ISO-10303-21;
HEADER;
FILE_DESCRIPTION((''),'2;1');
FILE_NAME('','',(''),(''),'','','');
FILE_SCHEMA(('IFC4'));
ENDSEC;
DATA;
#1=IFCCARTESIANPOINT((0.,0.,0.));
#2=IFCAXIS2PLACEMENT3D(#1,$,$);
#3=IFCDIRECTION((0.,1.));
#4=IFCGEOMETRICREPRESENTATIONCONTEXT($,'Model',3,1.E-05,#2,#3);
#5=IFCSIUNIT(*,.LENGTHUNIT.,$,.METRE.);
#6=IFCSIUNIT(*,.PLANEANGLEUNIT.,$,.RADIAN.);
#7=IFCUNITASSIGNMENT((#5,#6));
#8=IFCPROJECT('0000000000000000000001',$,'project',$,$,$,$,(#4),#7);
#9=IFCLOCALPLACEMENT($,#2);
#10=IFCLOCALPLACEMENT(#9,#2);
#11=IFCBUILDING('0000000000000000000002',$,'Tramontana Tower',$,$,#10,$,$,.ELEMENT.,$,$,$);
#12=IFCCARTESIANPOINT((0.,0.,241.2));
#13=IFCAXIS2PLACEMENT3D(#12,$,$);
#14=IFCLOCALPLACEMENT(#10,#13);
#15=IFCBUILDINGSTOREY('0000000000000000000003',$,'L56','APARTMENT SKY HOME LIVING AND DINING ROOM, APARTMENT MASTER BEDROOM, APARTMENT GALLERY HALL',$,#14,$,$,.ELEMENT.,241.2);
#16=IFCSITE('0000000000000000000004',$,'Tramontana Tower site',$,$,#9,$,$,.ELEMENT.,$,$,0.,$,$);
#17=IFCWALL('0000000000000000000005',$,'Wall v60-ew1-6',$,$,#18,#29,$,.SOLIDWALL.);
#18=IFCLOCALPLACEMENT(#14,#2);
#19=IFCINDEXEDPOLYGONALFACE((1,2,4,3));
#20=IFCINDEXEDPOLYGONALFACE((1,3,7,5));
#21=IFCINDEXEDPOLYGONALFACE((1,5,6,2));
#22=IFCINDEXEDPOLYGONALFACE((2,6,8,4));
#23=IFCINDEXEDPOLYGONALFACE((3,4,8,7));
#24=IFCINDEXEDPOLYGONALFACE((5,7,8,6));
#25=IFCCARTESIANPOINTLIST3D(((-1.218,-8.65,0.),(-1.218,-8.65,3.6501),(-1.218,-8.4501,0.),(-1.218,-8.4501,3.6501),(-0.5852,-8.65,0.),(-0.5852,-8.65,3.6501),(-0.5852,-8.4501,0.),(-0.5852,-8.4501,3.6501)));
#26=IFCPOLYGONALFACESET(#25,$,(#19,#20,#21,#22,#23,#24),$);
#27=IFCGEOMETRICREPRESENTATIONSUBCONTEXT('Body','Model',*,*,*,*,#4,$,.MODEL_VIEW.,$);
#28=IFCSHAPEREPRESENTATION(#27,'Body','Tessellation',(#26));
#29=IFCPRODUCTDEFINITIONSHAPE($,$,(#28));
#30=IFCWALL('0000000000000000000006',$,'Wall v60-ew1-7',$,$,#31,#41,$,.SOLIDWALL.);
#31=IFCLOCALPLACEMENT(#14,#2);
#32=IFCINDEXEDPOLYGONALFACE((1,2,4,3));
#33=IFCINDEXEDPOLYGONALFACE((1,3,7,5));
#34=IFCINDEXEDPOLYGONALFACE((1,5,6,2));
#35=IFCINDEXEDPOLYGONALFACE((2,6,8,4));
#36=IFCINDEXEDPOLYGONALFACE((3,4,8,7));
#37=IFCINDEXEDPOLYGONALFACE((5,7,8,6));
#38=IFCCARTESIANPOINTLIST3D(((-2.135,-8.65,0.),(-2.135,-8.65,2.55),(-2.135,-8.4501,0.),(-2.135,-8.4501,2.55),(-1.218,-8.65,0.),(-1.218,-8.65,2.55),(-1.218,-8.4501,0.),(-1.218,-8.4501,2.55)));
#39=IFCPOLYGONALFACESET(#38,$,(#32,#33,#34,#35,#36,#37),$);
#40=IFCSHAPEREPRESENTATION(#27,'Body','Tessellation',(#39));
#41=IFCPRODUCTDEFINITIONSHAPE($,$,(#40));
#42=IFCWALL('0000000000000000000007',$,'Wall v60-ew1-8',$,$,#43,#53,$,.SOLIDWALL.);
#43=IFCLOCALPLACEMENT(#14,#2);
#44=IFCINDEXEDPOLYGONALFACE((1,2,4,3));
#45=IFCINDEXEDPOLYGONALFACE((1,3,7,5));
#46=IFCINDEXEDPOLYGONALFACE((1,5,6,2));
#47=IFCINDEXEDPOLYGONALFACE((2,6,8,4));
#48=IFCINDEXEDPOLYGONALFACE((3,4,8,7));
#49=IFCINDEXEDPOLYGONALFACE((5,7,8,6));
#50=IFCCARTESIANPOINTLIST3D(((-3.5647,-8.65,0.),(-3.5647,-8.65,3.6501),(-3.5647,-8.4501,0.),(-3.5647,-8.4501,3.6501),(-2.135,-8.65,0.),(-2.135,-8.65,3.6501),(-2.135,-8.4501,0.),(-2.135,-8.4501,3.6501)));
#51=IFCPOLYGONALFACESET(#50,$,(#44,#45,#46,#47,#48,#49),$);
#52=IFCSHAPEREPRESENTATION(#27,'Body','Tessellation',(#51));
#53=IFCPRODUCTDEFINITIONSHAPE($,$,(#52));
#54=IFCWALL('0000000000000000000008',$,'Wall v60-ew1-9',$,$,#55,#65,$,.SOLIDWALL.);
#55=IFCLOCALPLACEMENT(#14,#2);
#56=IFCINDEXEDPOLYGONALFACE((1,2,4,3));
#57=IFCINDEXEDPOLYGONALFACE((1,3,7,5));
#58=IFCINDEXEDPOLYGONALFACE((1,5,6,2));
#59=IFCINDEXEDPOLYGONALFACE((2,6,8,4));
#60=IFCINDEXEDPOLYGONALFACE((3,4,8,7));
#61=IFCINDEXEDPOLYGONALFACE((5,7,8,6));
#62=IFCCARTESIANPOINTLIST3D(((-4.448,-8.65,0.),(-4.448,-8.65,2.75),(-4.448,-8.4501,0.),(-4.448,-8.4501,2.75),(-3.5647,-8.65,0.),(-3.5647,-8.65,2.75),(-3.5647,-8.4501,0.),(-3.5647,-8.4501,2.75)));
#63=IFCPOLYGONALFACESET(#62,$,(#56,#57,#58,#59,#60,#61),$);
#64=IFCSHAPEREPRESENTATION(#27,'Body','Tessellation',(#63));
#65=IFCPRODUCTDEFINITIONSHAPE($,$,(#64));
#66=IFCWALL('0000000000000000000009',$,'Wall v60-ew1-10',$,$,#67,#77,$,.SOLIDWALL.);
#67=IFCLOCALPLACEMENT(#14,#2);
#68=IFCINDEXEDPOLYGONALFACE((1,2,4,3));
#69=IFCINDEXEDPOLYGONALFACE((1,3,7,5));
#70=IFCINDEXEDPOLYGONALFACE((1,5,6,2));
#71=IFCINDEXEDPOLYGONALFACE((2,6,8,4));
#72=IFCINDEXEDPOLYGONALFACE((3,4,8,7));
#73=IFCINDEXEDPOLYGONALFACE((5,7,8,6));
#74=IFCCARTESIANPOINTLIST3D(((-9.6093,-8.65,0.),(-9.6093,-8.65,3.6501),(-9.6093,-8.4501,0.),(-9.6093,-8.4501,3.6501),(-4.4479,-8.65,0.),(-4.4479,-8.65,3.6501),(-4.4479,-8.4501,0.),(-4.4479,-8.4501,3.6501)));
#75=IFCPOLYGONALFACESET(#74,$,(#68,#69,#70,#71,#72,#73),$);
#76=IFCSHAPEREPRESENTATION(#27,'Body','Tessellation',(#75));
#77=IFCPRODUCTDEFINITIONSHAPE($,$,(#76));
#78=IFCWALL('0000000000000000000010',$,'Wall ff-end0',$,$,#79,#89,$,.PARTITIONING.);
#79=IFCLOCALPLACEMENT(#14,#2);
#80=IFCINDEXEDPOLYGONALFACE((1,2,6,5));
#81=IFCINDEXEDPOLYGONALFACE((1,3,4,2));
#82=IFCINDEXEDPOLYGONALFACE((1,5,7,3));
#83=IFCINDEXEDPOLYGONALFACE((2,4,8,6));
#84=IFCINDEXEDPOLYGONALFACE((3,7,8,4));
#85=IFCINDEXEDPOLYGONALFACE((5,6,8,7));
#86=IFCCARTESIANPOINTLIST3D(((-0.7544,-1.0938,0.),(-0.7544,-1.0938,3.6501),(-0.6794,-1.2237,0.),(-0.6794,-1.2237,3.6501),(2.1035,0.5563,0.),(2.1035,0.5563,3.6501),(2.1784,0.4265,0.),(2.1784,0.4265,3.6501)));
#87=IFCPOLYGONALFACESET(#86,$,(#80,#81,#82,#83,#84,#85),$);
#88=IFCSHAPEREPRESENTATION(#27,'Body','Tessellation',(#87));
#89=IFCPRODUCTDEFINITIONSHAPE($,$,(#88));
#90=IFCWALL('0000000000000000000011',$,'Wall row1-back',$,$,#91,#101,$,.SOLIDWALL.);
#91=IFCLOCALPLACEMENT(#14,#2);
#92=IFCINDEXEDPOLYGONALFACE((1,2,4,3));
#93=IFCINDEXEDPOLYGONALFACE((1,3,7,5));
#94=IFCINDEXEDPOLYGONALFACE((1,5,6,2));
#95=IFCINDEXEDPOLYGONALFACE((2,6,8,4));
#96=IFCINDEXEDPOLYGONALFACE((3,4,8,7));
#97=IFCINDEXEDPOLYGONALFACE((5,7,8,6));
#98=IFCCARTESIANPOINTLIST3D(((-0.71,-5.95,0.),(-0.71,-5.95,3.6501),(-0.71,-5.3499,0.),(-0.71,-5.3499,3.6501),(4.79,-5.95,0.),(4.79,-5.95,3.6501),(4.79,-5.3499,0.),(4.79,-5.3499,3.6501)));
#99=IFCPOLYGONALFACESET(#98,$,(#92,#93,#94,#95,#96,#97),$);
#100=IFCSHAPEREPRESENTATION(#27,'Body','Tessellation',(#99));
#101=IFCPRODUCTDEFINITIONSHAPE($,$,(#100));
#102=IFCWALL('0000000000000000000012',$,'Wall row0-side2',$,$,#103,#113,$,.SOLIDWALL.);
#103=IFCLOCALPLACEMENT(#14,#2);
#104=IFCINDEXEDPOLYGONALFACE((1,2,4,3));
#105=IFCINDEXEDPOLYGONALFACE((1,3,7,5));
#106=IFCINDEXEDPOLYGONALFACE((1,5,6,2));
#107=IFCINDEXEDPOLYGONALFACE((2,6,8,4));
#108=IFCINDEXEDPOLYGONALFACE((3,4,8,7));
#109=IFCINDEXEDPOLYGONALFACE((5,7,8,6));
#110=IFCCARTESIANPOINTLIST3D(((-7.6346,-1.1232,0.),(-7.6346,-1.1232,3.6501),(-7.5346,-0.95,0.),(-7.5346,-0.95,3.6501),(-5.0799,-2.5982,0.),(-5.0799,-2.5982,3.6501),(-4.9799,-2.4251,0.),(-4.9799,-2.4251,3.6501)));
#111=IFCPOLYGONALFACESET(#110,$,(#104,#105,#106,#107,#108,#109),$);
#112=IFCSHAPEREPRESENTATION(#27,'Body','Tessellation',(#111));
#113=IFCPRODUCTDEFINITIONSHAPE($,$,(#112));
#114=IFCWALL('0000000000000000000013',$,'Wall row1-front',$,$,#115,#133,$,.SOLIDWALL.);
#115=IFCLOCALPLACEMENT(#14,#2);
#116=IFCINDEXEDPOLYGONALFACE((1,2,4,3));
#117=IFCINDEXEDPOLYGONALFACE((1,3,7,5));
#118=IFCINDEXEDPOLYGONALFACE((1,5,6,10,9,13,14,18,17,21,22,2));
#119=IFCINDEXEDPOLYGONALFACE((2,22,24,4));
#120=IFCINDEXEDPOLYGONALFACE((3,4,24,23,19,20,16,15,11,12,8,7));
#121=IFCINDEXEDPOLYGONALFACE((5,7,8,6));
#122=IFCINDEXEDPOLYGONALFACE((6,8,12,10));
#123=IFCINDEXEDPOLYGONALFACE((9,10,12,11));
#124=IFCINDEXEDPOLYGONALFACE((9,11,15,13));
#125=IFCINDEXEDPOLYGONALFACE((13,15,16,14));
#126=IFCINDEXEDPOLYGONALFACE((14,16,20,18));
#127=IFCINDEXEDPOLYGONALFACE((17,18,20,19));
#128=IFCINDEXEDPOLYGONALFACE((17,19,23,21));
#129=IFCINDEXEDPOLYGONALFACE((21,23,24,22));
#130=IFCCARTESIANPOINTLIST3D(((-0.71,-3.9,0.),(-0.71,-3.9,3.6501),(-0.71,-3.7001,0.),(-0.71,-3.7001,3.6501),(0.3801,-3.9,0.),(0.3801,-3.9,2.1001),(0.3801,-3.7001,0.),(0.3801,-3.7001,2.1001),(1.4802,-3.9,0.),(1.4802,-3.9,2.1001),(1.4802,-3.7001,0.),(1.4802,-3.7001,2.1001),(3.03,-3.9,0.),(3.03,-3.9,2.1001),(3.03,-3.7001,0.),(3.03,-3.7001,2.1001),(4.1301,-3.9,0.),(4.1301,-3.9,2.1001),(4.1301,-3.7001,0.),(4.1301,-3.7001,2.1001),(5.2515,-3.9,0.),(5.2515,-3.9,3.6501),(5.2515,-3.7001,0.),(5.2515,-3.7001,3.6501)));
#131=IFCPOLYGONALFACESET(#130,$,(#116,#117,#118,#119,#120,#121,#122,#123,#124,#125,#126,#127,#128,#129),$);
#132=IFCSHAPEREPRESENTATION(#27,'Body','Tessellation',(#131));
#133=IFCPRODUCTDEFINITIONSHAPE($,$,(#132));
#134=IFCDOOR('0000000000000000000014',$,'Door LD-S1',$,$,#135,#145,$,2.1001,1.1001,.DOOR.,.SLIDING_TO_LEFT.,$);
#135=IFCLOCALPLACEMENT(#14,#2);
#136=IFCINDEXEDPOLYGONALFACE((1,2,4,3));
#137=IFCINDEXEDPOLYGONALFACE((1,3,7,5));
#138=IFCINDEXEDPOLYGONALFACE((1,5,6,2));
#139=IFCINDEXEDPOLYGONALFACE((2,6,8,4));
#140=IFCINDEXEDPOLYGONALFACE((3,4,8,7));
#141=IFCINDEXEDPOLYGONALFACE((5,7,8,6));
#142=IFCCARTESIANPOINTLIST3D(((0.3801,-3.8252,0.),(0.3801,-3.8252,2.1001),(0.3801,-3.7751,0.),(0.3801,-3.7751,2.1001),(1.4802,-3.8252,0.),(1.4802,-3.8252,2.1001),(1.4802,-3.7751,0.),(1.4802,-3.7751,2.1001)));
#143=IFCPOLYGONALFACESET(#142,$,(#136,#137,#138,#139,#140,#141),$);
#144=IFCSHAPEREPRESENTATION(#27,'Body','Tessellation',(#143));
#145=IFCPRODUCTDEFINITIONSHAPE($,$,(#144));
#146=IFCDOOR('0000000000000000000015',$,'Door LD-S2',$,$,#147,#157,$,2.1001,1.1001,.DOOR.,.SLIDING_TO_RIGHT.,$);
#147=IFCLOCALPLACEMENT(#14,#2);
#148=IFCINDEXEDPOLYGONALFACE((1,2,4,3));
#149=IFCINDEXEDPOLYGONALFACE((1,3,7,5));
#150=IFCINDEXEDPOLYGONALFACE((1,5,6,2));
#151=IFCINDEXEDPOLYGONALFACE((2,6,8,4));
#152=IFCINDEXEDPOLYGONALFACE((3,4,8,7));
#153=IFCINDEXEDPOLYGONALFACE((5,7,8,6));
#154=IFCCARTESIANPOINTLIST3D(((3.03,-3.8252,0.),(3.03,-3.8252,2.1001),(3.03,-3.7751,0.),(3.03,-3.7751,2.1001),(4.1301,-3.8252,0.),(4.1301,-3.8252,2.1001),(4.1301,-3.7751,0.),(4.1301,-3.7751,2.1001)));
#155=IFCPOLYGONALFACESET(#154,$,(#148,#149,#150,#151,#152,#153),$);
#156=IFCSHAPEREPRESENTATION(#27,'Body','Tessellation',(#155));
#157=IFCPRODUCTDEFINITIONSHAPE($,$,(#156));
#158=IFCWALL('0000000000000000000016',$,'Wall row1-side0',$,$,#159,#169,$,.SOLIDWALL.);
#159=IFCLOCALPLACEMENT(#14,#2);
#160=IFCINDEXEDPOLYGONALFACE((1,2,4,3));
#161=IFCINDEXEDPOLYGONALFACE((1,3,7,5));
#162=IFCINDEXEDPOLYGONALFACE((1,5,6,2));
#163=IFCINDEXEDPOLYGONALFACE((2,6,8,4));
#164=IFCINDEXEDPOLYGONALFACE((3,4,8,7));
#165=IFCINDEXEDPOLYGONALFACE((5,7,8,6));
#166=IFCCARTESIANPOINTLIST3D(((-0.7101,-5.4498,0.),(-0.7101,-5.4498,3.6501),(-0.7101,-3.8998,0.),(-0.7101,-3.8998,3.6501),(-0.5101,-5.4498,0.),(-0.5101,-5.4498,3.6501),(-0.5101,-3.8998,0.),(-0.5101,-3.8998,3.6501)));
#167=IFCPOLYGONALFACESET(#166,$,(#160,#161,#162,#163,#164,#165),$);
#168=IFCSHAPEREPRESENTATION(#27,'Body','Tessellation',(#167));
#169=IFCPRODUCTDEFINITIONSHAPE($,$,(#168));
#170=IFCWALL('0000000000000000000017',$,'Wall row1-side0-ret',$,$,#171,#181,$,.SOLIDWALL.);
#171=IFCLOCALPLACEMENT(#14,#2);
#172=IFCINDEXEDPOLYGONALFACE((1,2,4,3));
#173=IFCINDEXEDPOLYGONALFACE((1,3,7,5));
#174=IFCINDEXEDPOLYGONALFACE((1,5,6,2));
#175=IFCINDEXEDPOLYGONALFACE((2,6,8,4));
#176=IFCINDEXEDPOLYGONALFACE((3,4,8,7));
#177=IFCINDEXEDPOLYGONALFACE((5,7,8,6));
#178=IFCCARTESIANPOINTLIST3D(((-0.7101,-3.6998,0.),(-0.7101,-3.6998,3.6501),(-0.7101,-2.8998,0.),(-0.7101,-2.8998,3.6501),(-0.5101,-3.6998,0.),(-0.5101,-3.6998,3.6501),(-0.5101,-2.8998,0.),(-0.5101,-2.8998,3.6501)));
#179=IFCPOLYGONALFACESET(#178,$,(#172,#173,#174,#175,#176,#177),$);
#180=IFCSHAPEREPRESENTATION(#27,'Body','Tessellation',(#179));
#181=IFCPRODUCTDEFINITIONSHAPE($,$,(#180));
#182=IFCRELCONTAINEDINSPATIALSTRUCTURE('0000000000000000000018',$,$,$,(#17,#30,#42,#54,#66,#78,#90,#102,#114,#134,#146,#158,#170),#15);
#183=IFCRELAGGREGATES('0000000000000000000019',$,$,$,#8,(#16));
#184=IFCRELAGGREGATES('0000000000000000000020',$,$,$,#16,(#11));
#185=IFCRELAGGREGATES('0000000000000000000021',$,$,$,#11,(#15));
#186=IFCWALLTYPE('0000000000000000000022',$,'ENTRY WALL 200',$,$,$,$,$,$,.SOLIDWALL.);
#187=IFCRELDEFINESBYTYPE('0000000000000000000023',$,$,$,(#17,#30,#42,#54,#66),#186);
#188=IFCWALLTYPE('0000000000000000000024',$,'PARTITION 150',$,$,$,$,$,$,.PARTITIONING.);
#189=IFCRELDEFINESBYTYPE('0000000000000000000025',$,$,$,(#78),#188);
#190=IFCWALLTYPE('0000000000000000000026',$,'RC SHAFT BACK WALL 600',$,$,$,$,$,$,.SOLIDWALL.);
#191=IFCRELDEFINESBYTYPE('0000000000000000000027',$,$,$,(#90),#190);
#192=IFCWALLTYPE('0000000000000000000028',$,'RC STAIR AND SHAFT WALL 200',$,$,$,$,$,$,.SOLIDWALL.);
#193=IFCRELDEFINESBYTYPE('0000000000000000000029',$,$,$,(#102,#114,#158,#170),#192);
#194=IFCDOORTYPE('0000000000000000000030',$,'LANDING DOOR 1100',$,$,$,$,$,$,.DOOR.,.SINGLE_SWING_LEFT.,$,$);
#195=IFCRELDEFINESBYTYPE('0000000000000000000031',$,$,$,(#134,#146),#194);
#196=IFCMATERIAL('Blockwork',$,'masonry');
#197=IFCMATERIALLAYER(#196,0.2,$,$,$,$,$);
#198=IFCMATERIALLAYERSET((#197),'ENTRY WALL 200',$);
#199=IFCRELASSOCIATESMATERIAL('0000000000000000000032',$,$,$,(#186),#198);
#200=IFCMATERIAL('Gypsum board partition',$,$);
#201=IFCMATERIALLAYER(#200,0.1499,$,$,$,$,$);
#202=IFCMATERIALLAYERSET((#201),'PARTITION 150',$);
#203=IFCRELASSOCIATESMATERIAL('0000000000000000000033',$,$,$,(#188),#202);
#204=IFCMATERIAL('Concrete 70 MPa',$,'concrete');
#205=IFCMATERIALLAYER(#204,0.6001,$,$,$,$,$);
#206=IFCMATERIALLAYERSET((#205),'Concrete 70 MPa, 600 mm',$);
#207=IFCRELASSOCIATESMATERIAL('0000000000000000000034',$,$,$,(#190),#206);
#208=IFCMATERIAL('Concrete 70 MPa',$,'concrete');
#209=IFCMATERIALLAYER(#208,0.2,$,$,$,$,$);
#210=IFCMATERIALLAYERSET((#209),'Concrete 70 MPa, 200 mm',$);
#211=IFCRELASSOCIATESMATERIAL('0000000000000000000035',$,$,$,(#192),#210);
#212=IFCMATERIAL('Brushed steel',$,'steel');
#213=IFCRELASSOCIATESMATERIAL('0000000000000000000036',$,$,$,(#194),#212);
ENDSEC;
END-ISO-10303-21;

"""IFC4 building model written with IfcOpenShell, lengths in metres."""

from ifc_helpers import new_model, si_unit, direction, frame, frame_2d, origin, place, context, subcontext, project, spatial, rectangle, extrude, material, layer, layer_set, type_object, element, fill, save


model = new_model("IFC4")

# Units and contexts
model_context = context("Model", 3, precision=1e-05, world=origin(), true_north=direction((0.0, 1.0)))
body_context = subcontext(model_context, "Body", "Model", "MODEL_VIEW")
ifc_project = project(units=[si_unit("LENGTHUNIT", "METRE"), si_unit("PLANEANGLEUNIT", "RADIAN")], contexts=[model_context])

# Site, building, storey
site_placement = place(None, origin())
site = spatial("IfcSite", under=ifc_project, at=site_placement, Name="Tramontana Tower site", CompositionType="ELEMENT", RefElevation=0.0)
building_placement = place(site_placement, origin())
building = spatial("IfcBuilding", under=site, at=building_placement, Name="Tramontana Tower", CompositionType="ELEMENT")
storey_placement = place(building_placement, frame((0.0, 0.0, 241.2)))
storey = spatial("IfcBuildingStorey", under=building, at=storey_placement, Name="L56", Description="APARTMENT SKY HOME LIVING AND DINING ROOM, APARTMENT MASTER BEDROOM, APARTMENT GALLERY HALL", CompositionType="ELEMENT", Elevation=241.2)

# Walls
ifc_material_1 = material(Name="Blockwork", Category="masonry")
ifc_layer_1 = layer(ifc_material_1, 0.2)
ifc_layer_set_1 = layer_set([ifc_layer_1], Name="ENTRY WALL 200")
wall_type_1 = type_object("IfcWallType", Name="ENTRY WALL 200", PredefinedType="SOLIDWALL", material=ifc_layer_set_1)
wall_1_placement = place(storey_placement, frame((-0.5852, -8.55, 0.0), z_axis=(0.0, 0.0, 1.0), x_axis=(-1.0, 0.0, 0.0)))
element("IfcWall", 1, at=wall_1_placement, inside=storey, type_object=wall_type_1, Name="Wall v60-ew1-6", PredefinedType="SOLIDWALL", context=body_context, shape_type="SweptSolid", body=[
    extrude(rectangle(XDim=0.6328, YDim=0.2, at=frame_2d((0.3164, 0.0))), origin(), (0.0, 0.0, 1.0), 3.6501),
])
wall_2_placement = place(storey_placement, frame((-1.218, -8.55, 0.0), z_axis=(0.0, 0.0, 1.0), x_axis=(-1.0, 0.0, 0.0)))
element("IfcWall", 2, at=wall_2_placement, inside=storey, type_object=wall_type_1, Name="Wall v60-ew1-7", PredefinedType="SOLIDWALL", context=body_context, shape_type="SweptSolid", body=[
    extrude(rectangle(XDim=0.917, YDim=0.2, at=frame_2d((0.4585, 0.0))), origin(), (0.0, 0.0, 1.0), 2.55),
])
wall_3_placement = place(storey_placement, frame((-2.135, -8.55, 0.0), z_axis=(0.0, 0.0, 1.0), x_axis=(-1.0, 0.0, 0.0)))
element("IfcWall", 3, at=wall_3_placement, inside=storey, type_object=wall_type_1, Name="Wall v60-ew1-8", PredefinedType="SOLIDWALL", context=body_context, shape_type="SweptSolid", body=[
    extrude(rectangle(XDim=1.4297, YDim=0.2, at=frame_2d((0.7148, 0.0))), origin(), (0.0, 0.0, 1.0), 3.6501),
])
wall_4_placement = place(storey_placement, frame((-3.5647, -8.55, 0.0), z_axis=(0.0, 0.0, 1.0), x_axis=(-1.0, 0.0, 0.0)))
element("IfcWall", 4, at=wall_4_placement, inside=storey, type_object=wall_type_1, Name="Wall v60-ew1-9", PredefinedType="SOLIDWALL", context=body_context, shape_type="SweptSolid", body=[
    extrude(rectangle(XDim=0.8833, YDim=0.2, at=frame_2d((0.4417, 0.0))), origin(), (0.0, 0.0, 1.0), 2.75),
])
wall_5_placement = place(storey_placement, frame((-4.448, -8.55, 0.0), z_axis=(0.0, 0.0, 1.0), x_axis=(-1.0, 0.0, 0.0)))
element("IfcWall", 5, at=wall_5_placement, inside=storey, type_object=wall_type_1, Name="Wall v60-ew1-10", PredefinedType="SOLIDWALL", context=body_context, shape_type="SweptSolid", body=[
    extrude(rectangle(XDim=5.1614, YDim=0.2, at=frame_2d((2.5806, 0.0))), origin(), (0.0, 0.0, 1.0), 3.6501),
])

# Shared definitions
ifc_material_2 = material(Name="Gypsum board partition")
ifc_layer_2 = layer(ifc_material_2, 0.1499)
ifc_layer_set_2 = layer_set([ifc_layer_2], Name="PARTITION 150")
wall_type_2 = type_object("IfcWallType", Name="PARTITION 150", PredefinedType="PARTITIONING", material=ifc_layer_set_2)

# Walls
wall_6_placement = place(storey_placement, frame((-0.7168, -1.1587, 0.0), z_axis=(0.0, 0.0, 1.0), x_axis=(0.866008, 0.50003, 0.0)))
element("IfcWall", 6, at=wall_6_placement, inside=storey, type_object=wall_type_2, Name="Wall ff-end0", PredefinedType="PARTITIONING", context=body_context, shape_type="SweptSolid", body=[
    extrude(rectangle(XDim=3.3, YDim=0.1499, at=frame_2d((1.6499, 0.0))), origin(), (0.0, 0.0, 1.0), 3.6501),
])
ifc_material_3 = material(Name="Concrete 70 MPa", Category="concrete")
ifc_layer_3 = layer(ifc_material_3, 0.6001)
ifc_layer_set_3 = layer_set([ifc_layer_3], Name="Concrete 70 MPa, 600 mm")
wall_type_3 = type_object("IfcWallType", Name="RC SHAFT BACK WALL 600", PredefinedType="SOLIDWALL", material=ifc_layer_set_3)
wall_7_placement = place(storey_placement, frame((-0.71, -5.6499, 0.0), z_axis=(0.0, 0.0, 1.0), x_axis=(1.0, 0.0, 0.0)))
element("IfcWall", 7, at=wall_7_placement, inside=storey, type_object=wall_type_3, Name="Wall row1-back", PredefinedType="SOLIDWALL", context=body_context, shape_type="SweptSolid", body=[
    extrude(rectangle(XDim=5.5, YDim=0.6001, at=frame_2d((2.75, 0.0))), origin(), (0.0, 0.0, 1.0), 3.6501),
])

# Shared definitions
ifc_material_4 = material(Name="Concrete 70 MPa", Category="concrete")
ifc_layer_4 = layer(ifc_material_4, 0.2)
ifc_layer_set_4 = layer_set([ifc_layer_4], Name="Concrete 70 MPa, 200 mm")
wall_type_4 = type_object("IfcWallType", Name="RC STAIR AND SHAFT WALL 200", PredefinedType="SOLIDWALL", material=ifc_layer_set_4)

# Wall
wall_8_placement = place(storey_placement, frame((-5.0298, -2.5117, 0.0), z_axis=(0.0, 0.0, 1.0), x_axis=(-0.866004, 0.500038, 0.0)))
element("IfcWall", 8, at=wall_8_placement, inside=storey, type_object=wall_type_4, Name="Wall row0-side2", PredefinedType="SOLIDWALL", context=body_context, shape_type="SweptSolid", body=[
    extrude(rectangle(XDim=2.95, YDim=0.2, at=frame_2d((1.4751, 0.0))), origin(), (0.0, 0.0, 1.0), 3.6501),
])

# Wall, openings, doors
wall_9_placement = place(storey_placement, frame((-0.71, -3.8, 0.0), z_axis=(0.0, 0.0, 1.0), x_axis=(1.0, 0.0, 0.0)))
wall_9 = element("IfcWall", 9, at=wall_9_placement, inside=storey, type_object=wall_type_4, Name="Wall row1-front", PredefinedType="SOLIDWALL", context=body_context, shape_type="SweptSolid", body=[
    extrude(rectangle(XDim=5.9614, YDim=0.2, at=frame_2d((2.9807, 0.0))), origin(), (0.0, 0.0, 1.0), 3.6501),
])
opening_1_placement = place(wall_9_placement, frame((1.0901, 0.0, 0.0)))
opening_1 = element("IfcOpeningElement", 10, at=opening_1_placement, cuts=wall_9, PredefinedType="OPENING", context=body_context, shape_type="SweptSolid", body=[
    extrude(rectangle(XDim=1.1001, YDim=2.1001, at=frame_2d((0.55, 1.05))), frame((0.0, 0.1099, 0.0), z_axis=(0.0, -1.0, 0.0), x_axis=(1.0, 0.0, 0.0)), (0.0, 0.0, 1.0), 0.22),
])
opening_2_placement = place(wall_9_placement, frame((3.74, 0.0, 0.0)))
opening_2 = element("IfcOpeningElement", 11, at=opening_2_placement, cuts=wall_9, PredefinedType="OPENING", context=body_context, shape_type="SweptSolid", body=[
    extrude(rectangle(XDim=1.1001, YDim=2.1001, at=frame_2d((0.55, 1.05))), frame((0.0, 0.1099, 0.0), z_axis=(0.0, -1.0, 0.0), x_axis=(1.0, 0.0, 0.0)), (0.0, 0.0, 1.0), 0.22),
])
ifc_material_5 = material(Name="Brushed steel", Category="steel")
door_type_1 = type_object("IfcDoorType", Name="LANDING DOOR 1100", OperationType="SINGLE_SWING_LEFT", PredefinedType="DOOR", material=ifc_material_5)
door_1_placement = place(opening_1_placement, origin())
door_1 = element("IfcDoor", 12, at=door_1_placement, inside=storey, type_object=door_type_1, Name="Door LD-S1", OperationType="SLIDING_TO_LEFT", OverallHeight=2.1001, OverallWidth=1.1001, PredefinedType="DOOR", context=body_context, shape_type="SweptSolid", body=[
    extrude(rectangle(XDim=1.1001, YDim=2.1001, at=frame_2d((0.55, 1.05))), frame((0.0, 0.0249, 0.0), z_axis=(0.0, -1.0, 0.0), x_axis=(1.0, 0.0, 0.0)), (0.0, 0.0, 1.0), 0.05),
])
fill(opening_1, door_1)
door_2_placement = place(opening_2_placement, origin())
door_2 = element("IfcDoor", 13, at=door_2_placement, inside=storey, type_object=door_type_1, Name="Door LD-S2", OperationType="SLIDING_TO_RIGHT", OverallHeight=2.1001, OverallWidth=1.1001, PredefinedType="DOOR", context=body_context, shape_type="SweptSolid", body=[
    extrude(rectangle(XDim=1.1001, YDim=2.1001, at=frame_2d((0.55, 1.05))), frame((0.0, 0.0249, 0.0), z_axis=(0.0, -1.0, 0.0), x_axis=(1.0, 0.0, 0.0)), (0.0, 0.0, 1.0), 0.05),
])
fill(opening_2, door_2)

# Walls
wall_10_placement = place(storey_placement, frame((-0.6101, -3.8999, 0.0), z_axis=(0.0, 0.0, 1.0), x_axis=(0.0, -1.0, 0.0)))
element("IfcWall", 14, at=wall_10_placement, inside=storey, type_object=wall_type_4, Name="Wall row1-side0", PredefinedType="SOLIDWALL", context=body_context, shape_type="SweptSolid", body=[
    extrude(rectangle(XDim=1.55, YDim=0.2, at=frame_2d((0.7749, 0.0))), origin(), (0.0, 0.0, 1.0), 3.6501),
])
wall_11_placement = place(storey_placement, frame((-0.6101, -2.8999, 0.0), z_axis=(0.0, 0.0, 1.0), x_axis=(0.0, -1.0, 0.0)))
element("IfcWall", 15, at=wall_11_placement, inside=storey, type_object=wall_type_4, Name="Wall row1-side0-ret", PredefinedType="SOLIDWALL", context=body_context, shape_type="SweptSolid", body=[
    extrude(rectangle(XDim=0.8, YDim=0.2, at=frame_2d((0.3999, 0.0))), origin(), (0.0, 0.0, 1.0), 3.6501),
])

save(model, "model.ifc")
